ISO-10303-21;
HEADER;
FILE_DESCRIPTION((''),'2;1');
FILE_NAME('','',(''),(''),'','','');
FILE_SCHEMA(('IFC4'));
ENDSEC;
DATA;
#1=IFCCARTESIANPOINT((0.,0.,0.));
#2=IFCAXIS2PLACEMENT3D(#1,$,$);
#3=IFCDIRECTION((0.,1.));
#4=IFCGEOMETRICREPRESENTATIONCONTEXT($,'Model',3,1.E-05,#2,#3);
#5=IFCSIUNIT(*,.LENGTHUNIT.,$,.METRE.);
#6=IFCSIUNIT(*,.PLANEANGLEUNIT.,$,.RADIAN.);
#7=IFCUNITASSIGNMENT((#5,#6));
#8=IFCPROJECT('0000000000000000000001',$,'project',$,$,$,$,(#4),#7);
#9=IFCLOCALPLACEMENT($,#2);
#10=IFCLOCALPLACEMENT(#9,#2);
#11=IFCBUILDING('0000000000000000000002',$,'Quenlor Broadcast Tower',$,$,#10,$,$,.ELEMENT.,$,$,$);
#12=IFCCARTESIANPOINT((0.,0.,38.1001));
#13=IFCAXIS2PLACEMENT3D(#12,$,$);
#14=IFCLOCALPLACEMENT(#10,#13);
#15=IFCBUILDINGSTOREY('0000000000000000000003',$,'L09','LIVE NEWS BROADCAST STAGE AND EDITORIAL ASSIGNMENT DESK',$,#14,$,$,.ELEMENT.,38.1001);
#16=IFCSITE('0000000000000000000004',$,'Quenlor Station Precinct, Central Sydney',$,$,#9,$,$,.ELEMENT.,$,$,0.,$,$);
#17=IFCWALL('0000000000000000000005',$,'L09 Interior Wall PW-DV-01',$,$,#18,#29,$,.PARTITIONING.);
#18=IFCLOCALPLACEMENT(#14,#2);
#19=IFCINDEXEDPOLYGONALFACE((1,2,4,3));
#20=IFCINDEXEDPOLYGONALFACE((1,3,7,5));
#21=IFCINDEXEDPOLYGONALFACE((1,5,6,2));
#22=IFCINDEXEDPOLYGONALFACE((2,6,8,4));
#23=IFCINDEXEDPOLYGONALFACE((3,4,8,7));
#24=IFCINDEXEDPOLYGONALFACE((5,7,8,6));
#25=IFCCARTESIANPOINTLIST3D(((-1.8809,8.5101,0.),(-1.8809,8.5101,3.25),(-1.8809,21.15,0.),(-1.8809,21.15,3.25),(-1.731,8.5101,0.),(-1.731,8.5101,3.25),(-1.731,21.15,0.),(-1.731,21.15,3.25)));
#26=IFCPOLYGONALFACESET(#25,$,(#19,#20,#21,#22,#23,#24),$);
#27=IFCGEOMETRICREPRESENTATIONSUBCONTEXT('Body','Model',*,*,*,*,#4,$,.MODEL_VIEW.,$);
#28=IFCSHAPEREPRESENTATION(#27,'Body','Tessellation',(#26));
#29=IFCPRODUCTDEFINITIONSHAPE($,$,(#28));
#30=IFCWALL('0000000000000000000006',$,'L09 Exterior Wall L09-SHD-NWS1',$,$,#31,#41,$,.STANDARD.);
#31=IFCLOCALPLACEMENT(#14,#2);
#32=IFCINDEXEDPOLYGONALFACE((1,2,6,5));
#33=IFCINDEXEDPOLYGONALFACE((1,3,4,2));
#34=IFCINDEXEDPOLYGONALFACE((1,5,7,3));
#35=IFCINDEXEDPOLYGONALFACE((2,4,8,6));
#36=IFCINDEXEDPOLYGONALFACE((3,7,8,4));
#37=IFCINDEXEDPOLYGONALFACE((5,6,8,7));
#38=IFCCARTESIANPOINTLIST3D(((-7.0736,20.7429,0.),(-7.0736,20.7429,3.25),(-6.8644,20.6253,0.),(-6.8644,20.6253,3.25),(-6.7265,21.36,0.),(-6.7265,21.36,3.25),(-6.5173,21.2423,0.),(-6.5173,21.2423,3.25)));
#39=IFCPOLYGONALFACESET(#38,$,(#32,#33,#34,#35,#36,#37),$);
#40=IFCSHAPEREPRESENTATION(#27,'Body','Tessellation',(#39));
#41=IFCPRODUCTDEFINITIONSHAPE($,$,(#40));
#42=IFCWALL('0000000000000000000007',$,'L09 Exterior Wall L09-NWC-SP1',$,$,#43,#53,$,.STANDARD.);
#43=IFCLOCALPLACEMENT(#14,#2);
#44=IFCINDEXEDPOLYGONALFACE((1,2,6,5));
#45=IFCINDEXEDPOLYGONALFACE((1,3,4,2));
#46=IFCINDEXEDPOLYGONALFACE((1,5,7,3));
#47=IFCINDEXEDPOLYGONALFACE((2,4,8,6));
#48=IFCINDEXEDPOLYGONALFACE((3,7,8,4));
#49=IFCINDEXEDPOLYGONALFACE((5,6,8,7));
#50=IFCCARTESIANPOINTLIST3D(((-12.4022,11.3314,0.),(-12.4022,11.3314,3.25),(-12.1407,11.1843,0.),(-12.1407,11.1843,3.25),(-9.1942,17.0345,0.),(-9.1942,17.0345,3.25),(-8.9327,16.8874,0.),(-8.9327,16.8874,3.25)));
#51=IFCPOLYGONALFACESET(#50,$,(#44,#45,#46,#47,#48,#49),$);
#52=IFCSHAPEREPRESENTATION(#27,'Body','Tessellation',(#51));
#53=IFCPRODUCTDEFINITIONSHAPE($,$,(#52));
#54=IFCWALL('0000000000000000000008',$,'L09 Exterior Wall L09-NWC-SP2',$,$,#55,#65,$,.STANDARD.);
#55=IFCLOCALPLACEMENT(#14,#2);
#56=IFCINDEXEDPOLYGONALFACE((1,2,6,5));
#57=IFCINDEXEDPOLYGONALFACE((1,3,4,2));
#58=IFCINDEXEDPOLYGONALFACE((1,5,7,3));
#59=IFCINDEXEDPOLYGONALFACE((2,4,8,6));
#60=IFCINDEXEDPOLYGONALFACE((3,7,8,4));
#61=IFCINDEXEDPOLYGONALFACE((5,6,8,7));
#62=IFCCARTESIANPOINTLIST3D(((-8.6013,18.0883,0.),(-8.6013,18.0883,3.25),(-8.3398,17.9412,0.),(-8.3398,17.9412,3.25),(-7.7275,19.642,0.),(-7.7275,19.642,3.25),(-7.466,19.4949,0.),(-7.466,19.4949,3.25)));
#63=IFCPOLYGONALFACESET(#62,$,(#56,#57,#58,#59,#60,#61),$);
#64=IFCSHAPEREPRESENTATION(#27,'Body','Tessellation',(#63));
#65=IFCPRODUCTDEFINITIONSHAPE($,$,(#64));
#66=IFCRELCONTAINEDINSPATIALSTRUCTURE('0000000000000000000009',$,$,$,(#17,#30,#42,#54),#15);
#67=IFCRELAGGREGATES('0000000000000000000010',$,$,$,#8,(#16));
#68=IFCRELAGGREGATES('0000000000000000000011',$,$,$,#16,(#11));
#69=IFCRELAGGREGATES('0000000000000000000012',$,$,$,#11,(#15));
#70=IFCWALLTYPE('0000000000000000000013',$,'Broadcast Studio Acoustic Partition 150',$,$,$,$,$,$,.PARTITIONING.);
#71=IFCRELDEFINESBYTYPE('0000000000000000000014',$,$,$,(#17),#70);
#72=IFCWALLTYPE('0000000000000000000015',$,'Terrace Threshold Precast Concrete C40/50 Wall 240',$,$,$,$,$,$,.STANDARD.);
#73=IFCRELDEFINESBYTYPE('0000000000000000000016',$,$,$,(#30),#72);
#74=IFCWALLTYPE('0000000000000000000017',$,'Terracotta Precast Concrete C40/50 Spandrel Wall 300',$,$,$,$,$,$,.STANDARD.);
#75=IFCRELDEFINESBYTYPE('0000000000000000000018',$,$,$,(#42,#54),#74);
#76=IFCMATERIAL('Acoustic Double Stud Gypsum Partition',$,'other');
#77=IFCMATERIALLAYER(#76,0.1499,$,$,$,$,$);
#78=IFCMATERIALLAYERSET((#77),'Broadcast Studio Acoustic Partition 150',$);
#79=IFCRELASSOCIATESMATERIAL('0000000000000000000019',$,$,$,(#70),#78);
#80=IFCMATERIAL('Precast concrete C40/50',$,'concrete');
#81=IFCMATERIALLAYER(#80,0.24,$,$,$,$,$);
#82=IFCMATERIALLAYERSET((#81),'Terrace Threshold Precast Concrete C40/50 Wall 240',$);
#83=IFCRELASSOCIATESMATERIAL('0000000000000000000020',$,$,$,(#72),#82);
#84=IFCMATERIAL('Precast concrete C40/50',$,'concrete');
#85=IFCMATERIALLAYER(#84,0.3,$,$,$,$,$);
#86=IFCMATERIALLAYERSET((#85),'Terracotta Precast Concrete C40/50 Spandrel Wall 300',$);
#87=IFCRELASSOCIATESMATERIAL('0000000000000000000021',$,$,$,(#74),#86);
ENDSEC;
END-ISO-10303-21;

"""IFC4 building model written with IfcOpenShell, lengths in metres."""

from ifc_helpers import new_model, si_unit, direction, frame, frame_2d, origin, place, context, subcontext, project, spatial, rectangle, extrude, material, layer, layer_set, type_object, element, save


model = new_model("IFC4")

# Units and contexts
model_context = context("Model", 3, precision=1e-05, world=origin(), true_north=direction((0.0, 1.0)))
body_context = subcontext(model_context, "Body", "Model", "MODEL_VIEW")
ifc_project = project(units=[si_unit("LENGTHUNIT", "METRE"), si_unit("PLANEANGLEUNIT", "RADIAN")], contexts=[model_context])

# Site, building, storey
site_placement = place(None, origin())
site = spatial("IfcSite", under=ifc_project, at=site_placement, Name="Quenlor Station Precinct, Central Sydney", CompositionType="ELEMENT", RefElevation=0.0)
building_placement = place(site_placement, origin())
building = spatial("IfcBuilding", under=site, at=building_placement, Name="Quenlor Broadcast Tower", CompositionType="ELEMENT")
storey_placement = place(building_placement, frame((0.0, 0.0, 38.1001)))
storey = spatial("IfcBuildingStorey", under=building, at=storey_placement, Name="L09", Description="LIVE NEWS BROADCAST STAGE AND EDITORIAL ASSIGNMENT DESK", CompositionType="ELEMENT", Elevation=38.1001)

# Walls
ifc_material_1 = material(Name="Acoustic Double Stud Gypsum Partition", Category="other")
ifc_layer_1 = layer(ifc_material_1, 0.1499)
ifc_layer_set_1 = layer_set([ifc_layer_1], Name="Broadcast Studio Acoustic Partition 150")
wall_type_1 = type_object("IfcWallType", Name="Broadcast Studio Acoustic Partition 150", PredefinedType="PARTITIONING", material=ifc_layer_set_1)
wall_1_placement = place(storey_placement, frame((-1.8059, 21.1499, 0.0), z_axis=(0.0, 0.0, 1.0), x_axis=(0.0, -1.0, 0.0)))
element("IfcWall", 1, at=wall_1_placement, inside=storey, type_object=wall_type_1, Name="L09 Interior Wall PW-DV-01", PredefinedType="PARTITIONING", context=body_context, shape_type="SweptSolid", body=[
    extrude(rectangle(XDim=12.6399, YDim=0.1499, at=frame_2d((6.3198, 0.0))), origin(), (0.0, 0.0, 1.0), 3.25),
])
ifc_material_2 = material(Name="Precast concrete C40/50", Category="concrete")
ifc_layer_2 = layer(ifc_material_2, 0.24)
ifc_layer_set_2 = layer_set([ifc_layer_2], Name="Terrace Threshold Precast Concrete C40/50 Wall 240")
wall_type_2 = type_object("IfcWallType", Name="Terrace Threshold Precast Concrete C40/50 Wall 240", PredefinedType="STANDARD", material=ifc_layer_set_2)
wall_2_placement = place(storey_placement, frame((-6.969, 20.6841, 0.0), z_axis=(0.0, 0.0, 1.0), x_axis=(0.490261, 0.871576, 0.0)))
element("IfcWall", 2, at=wall_2_placement, inside=storey, type_object=wall_type_2, Name="L09 Exterior Wall L09-SHD-NWS1", PredefinedType="STANDARD", context=body_context, shape_type="SweptSolid", body=[
    extrude(rectangle(XDim=0.708, YDim=0.24, at=frame_2d((0.354, 0.0))), origin(), (0.0, 0.0, 1.0), 3.25),
])
ifc_material_3 = material(Name="Precast concrete C40/50", Category="concrete")
ifc_layer_3 = layer(ifc_material_3, 0.3)
ifc_layer_set_3 = layer_set([ifc_layer_3], Name="Terracotta Precast Concrete C40/50 Spandrel Wall 300")
wall_type_3 = type_object("IfcWallType", Name="Terracotta Precast Concrete C40/50 Spandrel Wall 300", PredefinedType="STANDARD", material=ifc_layer_set_3)
wall_3_placement = place(storey_placement, frame((-12.2715, 11.2578, 0.0), z_axis=(0.0, 0.0, 1.0), x_axis=(0.490261, 0.871576, 0.0)))
element("IfcWall", 3, at=wall_3_placement, inside=storey, type_object=wall_type_3, Name="L09 Exterior Wall L09-NWC-SP1", PredefinedType="STANDARD", context=body_context, shape_type="SweptSolid", body=[
    extrude(rectangle(XDim=6.5435, YDim=0.3, at=frame_2d((3.2717, 0.0))), origin(), (0.0, 0.0, 1.0), 3.25),
])
wall_4_placement = place(storey_placement, frame((-8.4705, 18.0149, 0.0), z_axis=(0.0, 0.0, 1.0), x_axis=(0.490183, 0.871619, 0.0)))
element("IfcWall", 4, at=wall_4_placement, inside=storey, type_object=wall_type_3, Name="L09 Exterior Wall L09-NWC-SP2", PredefinedType="STANDARD", context=body_context, shape_type="SweptSolid", body=[
    extrude(rectangle(XDim=1.7825, YDim=0.3, at=frame_2d((0.8911, 0.0))), origin(), (0.0, 0.0, 1.0), 3.25),
])

save(model, "model.ifc")
